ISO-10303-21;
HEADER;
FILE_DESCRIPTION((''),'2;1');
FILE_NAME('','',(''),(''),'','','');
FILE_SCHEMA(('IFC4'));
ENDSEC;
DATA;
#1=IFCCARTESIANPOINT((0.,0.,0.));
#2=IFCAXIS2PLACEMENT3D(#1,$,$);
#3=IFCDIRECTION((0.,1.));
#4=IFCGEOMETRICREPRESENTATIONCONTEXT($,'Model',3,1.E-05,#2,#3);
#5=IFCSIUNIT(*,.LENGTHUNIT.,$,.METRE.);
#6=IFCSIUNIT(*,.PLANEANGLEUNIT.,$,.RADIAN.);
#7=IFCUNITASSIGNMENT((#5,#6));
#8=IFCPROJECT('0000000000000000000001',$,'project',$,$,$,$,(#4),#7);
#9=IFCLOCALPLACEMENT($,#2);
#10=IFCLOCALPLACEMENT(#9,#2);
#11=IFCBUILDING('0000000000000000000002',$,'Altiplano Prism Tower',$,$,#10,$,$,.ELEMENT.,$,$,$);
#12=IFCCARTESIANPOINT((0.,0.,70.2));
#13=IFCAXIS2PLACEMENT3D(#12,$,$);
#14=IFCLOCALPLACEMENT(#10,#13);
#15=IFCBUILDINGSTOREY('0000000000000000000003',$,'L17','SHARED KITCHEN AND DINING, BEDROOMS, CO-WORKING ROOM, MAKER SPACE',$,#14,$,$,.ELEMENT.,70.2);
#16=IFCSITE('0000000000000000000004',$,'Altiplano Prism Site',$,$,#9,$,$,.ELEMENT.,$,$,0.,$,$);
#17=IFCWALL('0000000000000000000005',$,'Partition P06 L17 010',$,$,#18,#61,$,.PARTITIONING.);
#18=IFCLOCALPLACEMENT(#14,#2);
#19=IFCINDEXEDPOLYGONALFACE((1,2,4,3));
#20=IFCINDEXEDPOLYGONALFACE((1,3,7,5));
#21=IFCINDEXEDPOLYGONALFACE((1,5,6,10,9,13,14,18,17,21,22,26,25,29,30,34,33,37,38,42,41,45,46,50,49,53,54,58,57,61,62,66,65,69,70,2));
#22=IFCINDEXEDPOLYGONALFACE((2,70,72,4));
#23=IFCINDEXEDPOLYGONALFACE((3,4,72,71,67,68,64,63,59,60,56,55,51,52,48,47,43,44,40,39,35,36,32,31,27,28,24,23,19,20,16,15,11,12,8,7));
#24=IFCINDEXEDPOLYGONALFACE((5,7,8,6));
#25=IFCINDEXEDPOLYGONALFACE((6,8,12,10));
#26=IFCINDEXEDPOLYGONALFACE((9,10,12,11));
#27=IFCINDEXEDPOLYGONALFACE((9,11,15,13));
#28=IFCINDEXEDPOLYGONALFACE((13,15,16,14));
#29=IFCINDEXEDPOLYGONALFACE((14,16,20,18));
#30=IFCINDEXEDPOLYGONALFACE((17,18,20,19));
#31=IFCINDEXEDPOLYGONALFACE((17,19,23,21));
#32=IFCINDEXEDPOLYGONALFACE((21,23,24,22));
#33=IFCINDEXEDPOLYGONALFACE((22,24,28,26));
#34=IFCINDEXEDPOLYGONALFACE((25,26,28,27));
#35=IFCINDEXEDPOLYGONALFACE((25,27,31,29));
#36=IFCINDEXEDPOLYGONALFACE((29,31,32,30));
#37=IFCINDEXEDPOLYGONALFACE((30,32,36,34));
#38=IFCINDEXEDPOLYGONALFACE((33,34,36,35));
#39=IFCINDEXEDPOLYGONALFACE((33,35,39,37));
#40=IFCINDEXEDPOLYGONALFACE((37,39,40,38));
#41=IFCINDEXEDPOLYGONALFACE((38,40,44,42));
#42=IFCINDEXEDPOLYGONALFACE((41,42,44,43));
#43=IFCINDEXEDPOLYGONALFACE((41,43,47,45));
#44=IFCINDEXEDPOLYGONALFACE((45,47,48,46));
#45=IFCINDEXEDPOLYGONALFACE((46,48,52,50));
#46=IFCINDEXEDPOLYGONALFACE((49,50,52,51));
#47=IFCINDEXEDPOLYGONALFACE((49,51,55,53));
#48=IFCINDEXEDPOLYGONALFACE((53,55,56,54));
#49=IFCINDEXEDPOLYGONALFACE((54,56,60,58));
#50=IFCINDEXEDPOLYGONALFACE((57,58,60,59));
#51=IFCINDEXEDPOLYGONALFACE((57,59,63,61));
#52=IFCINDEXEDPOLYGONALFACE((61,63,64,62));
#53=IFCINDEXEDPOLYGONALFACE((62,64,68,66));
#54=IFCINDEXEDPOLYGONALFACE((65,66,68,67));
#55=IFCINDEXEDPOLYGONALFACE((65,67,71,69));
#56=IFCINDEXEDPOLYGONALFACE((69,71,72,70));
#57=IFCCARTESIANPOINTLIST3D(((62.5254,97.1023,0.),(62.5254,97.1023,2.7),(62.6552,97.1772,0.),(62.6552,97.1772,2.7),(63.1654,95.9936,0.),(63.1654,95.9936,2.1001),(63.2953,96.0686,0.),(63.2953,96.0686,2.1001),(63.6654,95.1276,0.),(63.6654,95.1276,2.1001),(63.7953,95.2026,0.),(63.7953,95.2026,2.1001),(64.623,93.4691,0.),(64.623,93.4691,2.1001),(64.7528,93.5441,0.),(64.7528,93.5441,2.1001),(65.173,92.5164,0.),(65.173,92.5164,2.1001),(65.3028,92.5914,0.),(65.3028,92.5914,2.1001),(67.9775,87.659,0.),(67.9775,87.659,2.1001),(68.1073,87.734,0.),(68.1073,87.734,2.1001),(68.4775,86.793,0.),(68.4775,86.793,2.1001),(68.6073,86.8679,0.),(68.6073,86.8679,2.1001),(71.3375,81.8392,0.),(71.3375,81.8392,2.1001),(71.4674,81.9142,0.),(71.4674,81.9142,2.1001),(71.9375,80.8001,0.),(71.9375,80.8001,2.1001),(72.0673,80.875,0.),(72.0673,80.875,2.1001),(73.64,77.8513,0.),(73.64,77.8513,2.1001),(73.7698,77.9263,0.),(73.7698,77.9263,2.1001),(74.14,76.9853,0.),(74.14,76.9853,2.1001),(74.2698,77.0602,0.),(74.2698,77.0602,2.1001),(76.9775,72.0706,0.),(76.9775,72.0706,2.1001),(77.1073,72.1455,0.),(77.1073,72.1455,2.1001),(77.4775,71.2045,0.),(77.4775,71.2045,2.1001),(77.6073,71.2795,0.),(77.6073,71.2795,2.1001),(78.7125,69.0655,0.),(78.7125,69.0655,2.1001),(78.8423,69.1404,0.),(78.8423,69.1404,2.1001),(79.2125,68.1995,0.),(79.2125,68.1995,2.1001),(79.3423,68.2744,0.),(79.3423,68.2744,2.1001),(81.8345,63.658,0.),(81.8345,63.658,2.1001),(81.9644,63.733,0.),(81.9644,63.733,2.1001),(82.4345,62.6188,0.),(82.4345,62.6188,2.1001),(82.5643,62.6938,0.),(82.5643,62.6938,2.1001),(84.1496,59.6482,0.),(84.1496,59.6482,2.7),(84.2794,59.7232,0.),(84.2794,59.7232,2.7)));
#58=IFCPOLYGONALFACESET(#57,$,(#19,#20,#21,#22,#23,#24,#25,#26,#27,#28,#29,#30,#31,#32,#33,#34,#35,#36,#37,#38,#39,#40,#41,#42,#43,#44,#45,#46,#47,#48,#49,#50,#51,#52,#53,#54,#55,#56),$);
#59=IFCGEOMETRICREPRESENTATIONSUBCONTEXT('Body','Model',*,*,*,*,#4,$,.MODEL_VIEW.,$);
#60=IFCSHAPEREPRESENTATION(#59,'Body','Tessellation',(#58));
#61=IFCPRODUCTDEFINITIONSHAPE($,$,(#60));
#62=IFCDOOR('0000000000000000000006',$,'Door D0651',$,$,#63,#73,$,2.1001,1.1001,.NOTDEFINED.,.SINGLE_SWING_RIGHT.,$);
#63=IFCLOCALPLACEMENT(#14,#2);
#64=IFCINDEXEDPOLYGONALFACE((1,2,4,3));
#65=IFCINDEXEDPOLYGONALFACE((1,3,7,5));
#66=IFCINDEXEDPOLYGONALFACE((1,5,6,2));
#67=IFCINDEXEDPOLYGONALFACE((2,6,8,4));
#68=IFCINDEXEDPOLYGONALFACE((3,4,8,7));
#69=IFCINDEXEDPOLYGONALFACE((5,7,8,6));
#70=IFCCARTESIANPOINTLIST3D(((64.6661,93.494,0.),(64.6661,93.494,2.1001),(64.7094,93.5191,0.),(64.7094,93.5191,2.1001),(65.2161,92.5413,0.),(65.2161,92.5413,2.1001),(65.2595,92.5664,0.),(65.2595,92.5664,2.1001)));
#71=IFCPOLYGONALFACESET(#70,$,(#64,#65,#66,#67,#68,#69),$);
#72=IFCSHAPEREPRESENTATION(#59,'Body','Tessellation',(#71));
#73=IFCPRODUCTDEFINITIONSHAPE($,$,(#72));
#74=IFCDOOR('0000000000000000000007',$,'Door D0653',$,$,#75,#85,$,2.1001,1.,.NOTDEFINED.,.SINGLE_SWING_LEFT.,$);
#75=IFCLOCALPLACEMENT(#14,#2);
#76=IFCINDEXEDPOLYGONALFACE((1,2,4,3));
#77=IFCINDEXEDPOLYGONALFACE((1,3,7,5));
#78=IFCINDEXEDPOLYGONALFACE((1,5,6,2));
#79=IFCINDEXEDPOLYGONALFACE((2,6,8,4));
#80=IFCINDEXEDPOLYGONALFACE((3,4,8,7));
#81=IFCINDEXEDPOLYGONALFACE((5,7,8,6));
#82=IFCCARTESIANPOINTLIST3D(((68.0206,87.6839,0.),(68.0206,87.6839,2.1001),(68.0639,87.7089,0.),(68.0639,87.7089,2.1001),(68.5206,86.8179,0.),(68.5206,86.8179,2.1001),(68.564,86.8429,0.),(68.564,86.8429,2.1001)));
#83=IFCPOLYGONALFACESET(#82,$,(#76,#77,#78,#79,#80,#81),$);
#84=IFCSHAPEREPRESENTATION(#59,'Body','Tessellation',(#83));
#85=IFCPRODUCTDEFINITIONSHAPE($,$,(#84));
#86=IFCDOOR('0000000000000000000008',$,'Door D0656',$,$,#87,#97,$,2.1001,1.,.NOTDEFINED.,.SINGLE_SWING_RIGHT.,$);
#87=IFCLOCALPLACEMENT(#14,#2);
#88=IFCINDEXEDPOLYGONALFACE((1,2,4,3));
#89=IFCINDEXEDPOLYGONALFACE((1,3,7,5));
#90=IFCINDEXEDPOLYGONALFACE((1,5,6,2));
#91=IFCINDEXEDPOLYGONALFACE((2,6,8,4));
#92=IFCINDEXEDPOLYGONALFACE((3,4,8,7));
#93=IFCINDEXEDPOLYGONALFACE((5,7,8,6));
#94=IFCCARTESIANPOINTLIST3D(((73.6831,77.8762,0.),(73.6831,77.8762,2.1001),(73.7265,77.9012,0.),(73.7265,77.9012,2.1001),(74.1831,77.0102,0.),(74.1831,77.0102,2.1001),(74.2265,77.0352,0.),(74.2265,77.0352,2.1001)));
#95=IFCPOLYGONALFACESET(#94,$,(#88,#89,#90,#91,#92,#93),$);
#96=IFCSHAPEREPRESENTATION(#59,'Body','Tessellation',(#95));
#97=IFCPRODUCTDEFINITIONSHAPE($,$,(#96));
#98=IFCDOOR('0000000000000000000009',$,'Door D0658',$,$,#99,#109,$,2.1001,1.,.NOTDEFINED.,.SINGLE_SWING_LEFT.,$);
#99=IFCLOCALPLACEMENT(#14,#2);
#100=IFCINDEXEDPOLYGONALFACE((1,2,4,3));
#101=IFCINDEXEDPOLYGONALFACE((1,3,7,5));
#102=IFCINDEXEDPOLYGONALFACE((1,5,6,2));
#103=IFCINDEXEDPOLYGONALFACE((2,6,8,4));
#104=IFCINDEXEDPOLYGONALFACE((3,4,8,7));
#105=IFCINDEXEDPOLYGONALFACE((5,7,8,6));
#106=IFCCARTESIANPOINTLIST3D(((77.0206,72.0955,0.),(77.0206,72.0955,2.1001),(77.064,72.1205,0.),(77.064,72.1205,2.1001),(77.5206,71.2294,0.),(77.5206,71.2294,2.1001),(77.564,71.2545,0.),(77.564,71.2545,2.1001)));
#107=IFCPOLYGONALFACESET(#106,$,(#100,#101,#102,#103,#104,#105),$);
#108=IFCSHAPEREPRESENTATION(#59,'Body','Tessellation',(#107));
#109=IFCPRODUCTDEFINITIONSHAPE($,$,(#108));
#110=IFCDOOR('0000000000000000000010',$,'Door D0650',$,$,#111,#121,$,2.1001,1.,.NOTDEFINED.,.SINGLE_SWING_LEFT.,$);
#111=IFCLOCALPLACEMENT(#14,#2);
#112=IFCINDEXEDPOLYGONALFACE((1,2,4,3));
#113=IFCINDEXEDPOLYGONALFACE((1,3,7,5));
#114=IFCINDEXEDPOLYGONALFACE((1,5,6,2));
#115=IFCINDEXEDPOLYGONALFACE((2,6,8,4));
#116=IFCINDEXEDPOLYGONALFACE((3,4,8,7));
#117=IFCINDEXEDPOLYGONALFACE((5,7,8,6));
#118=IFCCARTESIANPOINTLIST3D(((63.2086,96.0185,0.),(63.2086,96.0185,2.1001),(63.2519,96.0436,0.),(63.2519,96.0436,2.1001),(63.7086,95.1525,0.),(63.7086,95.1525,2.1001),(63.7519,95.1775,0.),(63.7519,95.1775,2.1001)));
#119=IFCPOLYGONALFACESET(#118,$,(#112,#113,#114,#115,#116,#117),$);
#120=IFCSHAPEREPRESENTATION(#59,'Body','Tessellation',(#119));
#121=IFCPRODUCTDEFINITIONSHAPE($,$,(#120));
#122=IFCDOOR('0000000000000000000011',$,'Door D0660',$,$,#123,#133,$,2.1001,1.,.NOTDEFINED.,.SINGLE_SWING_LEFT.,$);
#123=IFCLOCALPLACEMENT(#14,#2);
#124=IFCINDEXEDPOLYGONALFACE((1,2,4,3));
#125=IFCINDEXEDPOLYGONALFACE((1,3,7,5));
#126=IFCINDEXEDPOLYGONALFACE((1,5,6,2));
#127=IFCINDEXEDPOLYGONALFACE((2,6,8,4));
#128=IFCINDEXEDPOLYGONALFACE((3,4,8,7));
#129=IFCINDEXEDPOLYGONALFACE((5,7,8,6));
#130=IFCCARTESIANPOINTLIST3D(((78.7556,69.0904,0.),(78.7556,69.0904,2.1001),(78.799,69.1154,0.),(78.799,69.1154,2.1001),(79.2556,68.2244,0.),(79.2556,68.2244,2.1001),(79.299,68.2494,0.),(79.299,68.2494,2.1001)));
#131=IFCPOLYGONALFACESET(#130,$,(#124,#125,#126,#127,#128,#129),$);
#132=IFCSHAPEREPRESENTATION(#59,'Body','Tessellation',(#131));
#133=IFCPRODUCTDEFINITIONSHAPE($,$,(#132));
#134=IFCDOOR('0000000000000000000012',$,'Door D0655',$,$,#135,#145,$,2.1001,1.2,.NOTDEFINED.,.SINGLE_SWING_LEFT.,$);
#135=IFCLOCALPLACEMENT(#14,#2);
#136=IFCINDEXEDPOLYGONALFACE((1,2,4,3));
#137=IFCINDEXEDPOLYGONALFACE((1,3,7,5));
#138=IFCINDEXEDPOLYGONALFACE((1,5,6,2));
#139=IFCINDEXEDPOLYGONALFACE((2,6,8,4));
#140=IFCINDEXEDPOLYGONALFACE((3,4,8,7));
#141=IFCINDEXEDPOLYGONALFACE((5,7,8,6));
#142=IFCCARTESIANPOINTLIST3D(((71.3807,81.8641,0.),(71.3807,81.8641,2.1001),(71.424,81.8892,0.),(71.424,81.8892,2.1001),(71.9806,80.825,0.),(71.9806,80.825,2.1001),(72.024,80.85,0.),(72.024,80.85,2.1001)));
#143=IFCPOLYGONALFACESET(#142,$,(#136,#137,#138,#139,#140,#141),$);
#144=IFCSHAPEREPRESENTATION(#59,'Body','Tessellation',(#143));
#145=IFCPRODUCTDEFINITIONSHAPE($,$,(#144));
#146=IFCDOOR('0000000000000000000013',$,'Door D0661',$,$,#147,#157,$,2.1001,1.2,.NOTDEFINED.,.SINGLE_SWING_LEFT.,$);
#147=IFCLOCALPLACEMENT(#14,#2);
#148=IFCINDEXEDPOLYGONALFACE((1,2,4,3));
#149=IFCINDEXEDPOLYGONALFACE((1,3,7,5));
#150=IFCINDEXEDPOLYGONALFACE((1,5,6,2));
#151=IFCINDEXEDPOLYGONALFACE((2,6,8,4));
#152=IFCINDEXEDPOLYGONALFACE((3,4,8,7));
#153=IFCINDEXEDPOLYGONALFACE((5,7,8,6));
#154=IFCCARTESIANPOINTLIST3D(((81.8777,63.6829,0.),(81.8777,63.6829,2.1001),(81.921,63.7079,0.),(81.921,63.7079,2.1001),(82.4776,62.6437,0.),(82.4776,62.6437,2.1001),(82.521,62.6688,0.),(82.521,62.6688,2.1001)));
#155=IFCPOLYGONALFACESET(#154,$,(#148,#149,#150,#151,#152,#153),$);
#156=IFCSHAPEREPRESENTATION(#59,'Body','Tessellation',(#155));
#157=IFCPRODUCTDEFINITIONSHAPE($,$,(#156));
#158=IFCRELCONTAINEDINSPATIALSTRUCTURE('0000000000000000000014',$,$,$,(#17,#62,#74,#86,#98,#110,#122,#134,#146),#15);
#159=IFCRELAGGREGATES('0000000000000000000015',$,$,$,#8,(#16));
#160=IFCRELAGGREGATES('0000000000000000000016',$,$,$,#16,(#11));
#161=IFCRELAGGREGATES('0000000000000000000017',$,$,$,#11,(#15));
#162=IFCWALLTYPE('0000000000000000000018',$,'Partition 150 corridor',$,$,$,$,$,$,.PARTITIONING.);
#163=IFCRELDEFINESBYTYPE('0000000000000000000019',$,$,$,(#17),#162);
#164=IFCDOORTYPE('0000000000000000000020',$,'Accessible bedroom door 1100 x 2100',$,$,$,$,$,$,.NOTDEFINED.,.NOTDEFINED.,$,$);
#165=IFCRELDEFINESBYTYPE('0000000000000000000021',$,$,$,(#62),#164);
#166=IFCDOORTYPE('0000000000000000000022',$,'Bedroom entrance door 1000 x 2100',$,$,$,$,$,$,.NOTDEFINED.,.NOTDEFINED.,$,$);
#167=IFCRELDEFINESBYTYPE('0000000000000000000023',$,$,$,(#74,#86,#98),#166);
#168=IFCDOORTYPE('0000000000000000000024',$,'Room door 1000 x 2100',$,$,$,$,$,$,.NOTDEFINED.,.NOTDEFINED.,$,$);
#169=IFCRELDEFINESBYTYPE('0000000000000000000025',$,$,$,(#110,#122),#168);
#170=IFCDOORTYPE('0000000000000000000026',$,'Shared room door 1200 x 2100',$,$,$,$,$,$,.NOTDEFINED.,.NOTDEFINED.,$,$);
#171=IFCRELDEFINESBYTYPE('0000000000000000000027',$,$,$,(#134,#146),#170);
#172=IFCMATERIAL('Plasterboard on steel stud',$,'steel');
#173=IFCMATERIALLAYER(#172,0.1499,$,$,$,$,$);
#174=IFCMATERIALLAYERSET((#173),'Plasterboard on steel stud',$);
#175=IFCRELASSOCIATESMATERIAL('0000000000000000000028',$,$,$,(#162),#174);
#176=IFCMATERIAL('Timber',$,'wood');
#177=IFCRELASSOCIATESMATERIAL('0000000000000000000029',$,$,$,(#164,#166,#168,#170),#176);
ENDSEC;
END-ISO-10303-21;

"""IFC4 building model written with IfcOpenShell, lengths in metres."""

from ifc_helpers import new_model, si_unit, direction, frame, frame_2d, origin, place, context, subcontext, project, spatial, rectangle, extrude, material, layer, layer_set, type_object, element, fill, save


model = new_model("IFC4")

# Units and contexts
model_context = context("Model", 3, precision=1e-05, world=origin(), true_north=direction((0.0, 1.0)))
body_context = subcontext(model_context, "Body", "Model", "MODEL_VIEW")
ifc_project = project(units=[si_unit("LENGTHUNIT", "METRE"), si_unit("PLANEANGLEUNIT", "RADIAN")], contexts=[model_context])

# Site, building, storey
site_placement = place(None, origin())
site = spatial("IfcSite", under=ifc_project, at=site_placement, Name="Altiplano Prism Site", CompositionType="ELEMENT", RefElevation=0.0)
building_placement = place(site_placement, origin())
building = spatial("IfcBuilding", under=site, at=building_placement, Name="Altiplano Prism Tower", CompositionType="ELEMENT")
storey_placement = place(building_placement, frame((0.0, 0.0, 70.2)))
storey = spatial("IfcBuildingStorey", under=building, at=storey_placement, Name="L17", Description="SHARED KITCHEN AND DINING, BEDROOMS, CO-WORKING ROOM, MAKER SPACE", CompositionType="ELEMENT", Elevation=70.2)

# Shared definitions
ifc_material_1 = material(Name="Plasterboard on steel stud", Category="steel")

# Shared definitions
ifc_layer_1 = layer(ifc_material_1, 0.1499)
ifc_layer_set_1 = layer_set([ifc_layer_1], Name="Plasterboard on steel stud")
wall_type_1 = type_object("IfcWallType", Name="Partition 150 corridor", PredefinedType="PARTITIONING", material=ifc_layer_set_1)
ifc_material_2 = material(Name="Timber", Category="wood")

# Wall, openings, doors
wall_1_placement = place(storey_placement, frame((62.5903, 97.1396, 0.0), z_axis=(0.0, 0.0, 1.0), x_axis=(0.500002, -0.866024, 0.0)))
wall_1 = element("IfcWall", 1, at=wall_1_placement, inside=storey, type_object=wall_type_1, Name="Partition P06 L17 010", PredefinedType="PARTITIONING", context=body_context, shape_type="SweptSolid", body=[
    extrude(rectangle(XDim=43.2483, YDim=0.1499, at=frame_2d((21.624, 0.0))), origin(), (0.0, 0.0, 1.0), 2.7),
])
opening_1_placement = place(wall_1_placement, frame((1.28, 0.0, 0.0)))
opening_1 = element("IfcOpeningElement", 2, at=opening_1_placement, cuts=wall_1, PredefinedType="OPENING", context=body_context, shape_type="SweptSolid", body=[
    extrude(rectangle(XDim=1.0, YDim=2.1001, at=frame_2d((0.5, 1.05))), frame((0.0, 0.0854, 0.0), z_axis=(0.0, -1.0, 0.0), x_axis=(1.0, 0.0, 0.0)), (0.0, 0.0, 1.0), 0.1709),
])
opening_2_placement = place(wall_1_placement, frame((4.1951, 0.0, 0.0)))
opening_2 = element("IfcOpeningElement", 3, at=opening_2_placement, cuts=wall_1, PredefinedType="OPENING", context=body_context, shape_type="SweptSolid", body=[
    extrude(rectangle(XDim=1.1001, YDim=2.1001, at=frame_2d((0.55, 1.05))), frame((0.0, 0.0854, 0.0), z_axis=(0.0, -1.0, 0.0), x_axis=(1.0, 0.0, 0.0)), (0.0, 0.0, 1.0), 0.1709),
])
opening_3_placement = place(wall_1_placement, frame((10.9041, 0.0, 0.0)))
opening_3 = element("IfcOpeningElement", 4, at=opening_3_placement, cuts=wall_1, PredefinedType="OPENING", context=body_context, shape_type="SweptSolid", body=[
    extrude(rectangle(XDim=1.0, YDim=2.1001, at=frame_2d((0.5, 1.05))), frame((0.0, 0.0854, 0.0), z_axis=(0.0, -1.0, 0.0), x_axis=(1.0, 0.0, 0.0)), (0.0, 0.0, 1.0), 0.1709),
])
opening_4_placement = place(wall_1_placement, frame((17.624, 0.0, 0.0)))
opening_4 = element("IfcOpeningElement", 5, at=opening_4_placement, cuts=wall_1, PredefinedType="OPENING", context=body_context, shape_type="SweptSolid", body=[
    extrude(rectangle(XDim=1.2, YDim=2.1001, at=frame_2d((0.6001, 1.05))), frame((0.0, 0.0854, 0.0), z_axis=(0.0, -1.0, 0.0), x_axis=(1.0, 0.0, 0.0)), (0.0, 0.0, 1.0), 0.1709),
])
opening_5_placement = place(wall_1_placement, frame((22.229, 0.0, 0.0)))
opening_5 = element("IfcOpeningElement", 6, at=opening_5_placement, cuts=wall_1, PredefinedType="OPENING", context=body_context, shape_type="SweptSolid", body=[
    extrude(rectangle(XDim=1.0, YDim=2.1001, at=frame_2d((0.5, 1.05))), frame((0.0, 0.0854, 0.0), z_axis=(0.0, -1.0, 0.0), x_axis=(1.0, 0.0, 0.0)), (0.0, 0.0, 1.0), 0.1709),
])
opening_6_placement = place(wall_1_placement, frame((28.9041, 0.0, 0.0)))
opening_6 = element("IfcOpeningElement", 7, at=opening_6_placement, cuts=wall_1, PredefinedType="OPENING", context=body_context, shape_type="SweptSolid", body=[
    extrude(rectangle(XDim=1.0, YDim=2.1001, at=frame_2d((0.5, 1.05))), frame((0.0, 0.0854, 0.0), z_axis=(0.0, -1.0, 0.0), x_axis=(1.0, 0.0, 0.0)), (0.0, 0.0, 1.0), 0.1709),
])
opening_7_placement = place(wall_1_placement, frame((32.374, 0.0, 0.0)))
opening_7 = element("IfcOpeningElement", 8, at=opening_7_placement, cuts=wall_1, PredefinedType="OPENING", context=body_context, shape_type="SweptSolid", body=[
    extrude(rectangle(XDim=1.0, YDim=2.1001, at=frame_2d((0.5, 1.05))), frame((0.0, 0.0854, 0.0), z_axis=(0.0, -1.0, 0.0), x_axis=(1.0, 0.0, 0.0)), (0.0, 0.0, 1.0), 0.1709),
])
opening_8_placement = place(wall_1_placement, frame((38.6179, 0.0, 0.0)))
opening_8 = element("IfcOpeningElement", 9, at=opening_8_placement, cuts=wall_1, PredefinedType="OPENING", context=body_context, shape_type="SweptSolid", body=[
    extrude(rectangle(XDim=1.2, YDim=2.1001, at=frame_2d((0.6001, 1.05))), frame((0.0, 0.0854, 0.0), z_axis=(0.0, -1.0, 0.0), x_axis=(1.0, 0.0, 0.0)), (0.0, 0.0, 1.0), 0.1709),
])
door_type_1 = type_object("IfcDoorType", Name="Accessible bedroom door 1100 x 2100", OperationType="NOTDEFINED", PredefinedType="NOTDEFINED", material=ifc_material_2)
door_1_placement = place(opening_2_placement, origin())
door_1 = element("IfcDoor", 10, at=door_1_placement, inside=storey, type_object=door_type_1, Name="Door D0651", OperationType="SINGLE_SWING_RIGHT", OverallHeight=2.1001, OverallWidth=1.1001, PredefinedType="NOTDEFINED", context=body_context, shape_type="SweptSolid", body=[
    extrude(rectangle(XDim=1.1001, YDim=2.1001, at=frame_2d((0.55, 1.05))), frame((0.0, 0.0249, 0.0), z_axis=(0.0, -1.0, 0.0), x_axis=(1.0, 0.0, 0.0)), (0.0, 0.0, 1.0), 0.05),
])
fill(opening_2, door_1)
door_type_2 = type_object("IfcDoorType", Name="Bedroom entrance door 1000 x 2100", OperationType="NOTDEFINED", PredefinedType="NOTDEFINED", material=ifc_material_2)
door_2_placement = place(opening_3_placement, origin())
door_2 = element("IfcDoor", 11, at=door_2_placement, inside=storey, type_object=door_type_2, Name="Door D0653", OperationType="SINGLE_SWING_LEFT", OverallHeight=2.1001, OverallWidth=1.0, PredefinedType="NOTDEFINED", context=body_context, shape_type="SweptSolid", body=[
    extrude(rectangle(XDim=1.0, YDim=2.1001, at=frame_2d((0.5, 1.05))), frame((0.0, 0.0249, 0.0), z_axis=(0.0, -1.0, 0.0), x_axis=(1.0, 0.0, 0.0)), (0.0, 0.0, 1.0), 0.05),
])
fill(opening_3, door_2)
door_3_placement = place(opening_5_placement, origin())
door_3 = element("IfcDoor", 12, at=door_3_placement, inside=storey, type_object=door_type_2, Name="Door D0656", OperationType="SINGLE_SWING_RIGHT", OverallHeight=2.1001, OverallWidth=1.0, PredefinedType="NOTDEFINED", context=body_context, shape_type="SweptSolid", body=[
    extrude(rectangle(XDim=1.0, YDim=2.1001, at=frame_2d((0.5, 1.05))), frame((0.0, 0.0249, 0.0), z_axis=(0.0, -1.0, 0.0), x_axis=(1.0, 0.0, 0.0)), (0.0, 0.0, 1.0), 0.05),
])
fill(opening_5, door_3)
door_4_placement = place(opening_6_placement, origin())
door_4 = element("IfcDoor", 13, at=door_4_placement, inside=storey, type_object=door_type_2, Name="Door D0658", OperationType="SINGLE_SWING_LEFT", OverallHeight=2.1001, OverallWidth=1.0, PredefinedType="NOTDEFINED", context=body_context, shape_type="SweptSolid", body=[
    extrude(rectangle(XDim=1.0, YDim=2.1001, at=frame_2d((0.5, 1.05))), frame((0.0, 0.0249, 0.0), z_axis=(0.0, -1.0, 0.0), x_axis=(1.0, 0.0, 0.0)), (0.0, 0.0, 1.0), 0.05),
])
fill(opening_6, door_4)
door_type_3 = type_object("IfcDoorType", Name="Room door 1000 x 2100", OperationType="NOTDEFINED", PredefinedType="NOTDEFINED", material=ifc_material_2)
door_5_placement = place(opening_1_placement, origin())
door_5 = element("IfcDoor", 14, at=door_5_placement, inside=storey, type_object=door_type_3, Name="Door D0650", OperationType="SINGLE_SWING_LEFT", OverallHeight=2.1001, OverallWidth=1.0, PredefinedType="NOTDEFINED", context=body_context, shape_type="SweptSolid", body=[
    extrude(rectangle(XDim=1.0, YDim=2.1001, at=frame_2d((0.5, 1.05))), frame((0.0, 0.0249, 0.0), z_axis=(0.0, -1.0, 0.0), x_axis=(1.0, 0.0, 0.0)), (0.0, 0.0, 1.0), 0.05),
])
fill(opening_1, door_5)
door_6_placement = place(opening_7_placement, origin())
door_6 = element("IfcDoor", 15, at=door_6_placement, inside=storey, type_object=door_type_3, Name="Door D0660", OperationType="SINGLE_SWING_LEFT", OverallHeight=2.1001, OverallWidth=1.0, PredefinedType="NOTDEFINED", context=body_context, shape_type="SweptSolid", body=[
    extrude(rectangle(XDim=1.0, YDim=2.1001, at=frame_2d((0.5, 1.05))), frame((0.0, 0.0249, 0.0), z_axis=(0.0, -1.0, 0.0), x_axis=(1.0, 0.0, 0.0)), (0.0, 0.0, 1.0), 0.05),
])
fill(opening_7, door_6)
door_type_4 = type_object("IfcDoorType", Name="Shared room door 1200 x 2100", OperationType="NOTDEFINED", PredefinedType="NOTDEFINED", material=ifc_material_2)
door_7_placement = place(opening_4_placement, origin())
door_7 = element("IfcDoor", 16, at=door_7_placement, inside=storey, type_object=door_type_4, Name="Door D0655", OperationType="SINGLE_SWING_LEFT", OverallHeight=2.1001, OverallWidth=1.2, PredefinedType="NOTDEFINED", context=body_context, shape_type="SweptSolid", body=[
    extrude(rectangle(XDim=1.2, YDim=2.1001, at=frame_2d((0.6001, 1.05))), frame((0.0, 0.0249, 0.0), z_axis=(0.0, -1.0, 0.0), x_axis=(1.0, 0.0, 0.0)), (0.0, 0.0, 1.0), 0.05),
])
fill(opening_4, door_7)
door_8_placement = place(opening_8_placement, origin())
door_8 = element("IfcDoor", 17, at=door_8_placement, inside=storey, type_object=door_type_4, Name="Door D0661", OperationType="SINGLE_SWING_LEFT", OverallHeight=2.1001, OverallWidth=1.2, PredefinedType="NOTDEFINED", context=body_context, shape_type="SweptSolid", body=[
    extrude(rectangle(XDim=1.2, YDim=2.1001, at=frame_2d((0.6001, 1.05))), frame((0.0, 0.0249, 0.0), z_axis=(0.0, -1.0, 0.0), x_axis=(1.0, 0.0, 0.0)), (0.0, 0.0, 1.0), 0.05),
])
fill(opening_8, door_8)

save(model, "model.ifc")
